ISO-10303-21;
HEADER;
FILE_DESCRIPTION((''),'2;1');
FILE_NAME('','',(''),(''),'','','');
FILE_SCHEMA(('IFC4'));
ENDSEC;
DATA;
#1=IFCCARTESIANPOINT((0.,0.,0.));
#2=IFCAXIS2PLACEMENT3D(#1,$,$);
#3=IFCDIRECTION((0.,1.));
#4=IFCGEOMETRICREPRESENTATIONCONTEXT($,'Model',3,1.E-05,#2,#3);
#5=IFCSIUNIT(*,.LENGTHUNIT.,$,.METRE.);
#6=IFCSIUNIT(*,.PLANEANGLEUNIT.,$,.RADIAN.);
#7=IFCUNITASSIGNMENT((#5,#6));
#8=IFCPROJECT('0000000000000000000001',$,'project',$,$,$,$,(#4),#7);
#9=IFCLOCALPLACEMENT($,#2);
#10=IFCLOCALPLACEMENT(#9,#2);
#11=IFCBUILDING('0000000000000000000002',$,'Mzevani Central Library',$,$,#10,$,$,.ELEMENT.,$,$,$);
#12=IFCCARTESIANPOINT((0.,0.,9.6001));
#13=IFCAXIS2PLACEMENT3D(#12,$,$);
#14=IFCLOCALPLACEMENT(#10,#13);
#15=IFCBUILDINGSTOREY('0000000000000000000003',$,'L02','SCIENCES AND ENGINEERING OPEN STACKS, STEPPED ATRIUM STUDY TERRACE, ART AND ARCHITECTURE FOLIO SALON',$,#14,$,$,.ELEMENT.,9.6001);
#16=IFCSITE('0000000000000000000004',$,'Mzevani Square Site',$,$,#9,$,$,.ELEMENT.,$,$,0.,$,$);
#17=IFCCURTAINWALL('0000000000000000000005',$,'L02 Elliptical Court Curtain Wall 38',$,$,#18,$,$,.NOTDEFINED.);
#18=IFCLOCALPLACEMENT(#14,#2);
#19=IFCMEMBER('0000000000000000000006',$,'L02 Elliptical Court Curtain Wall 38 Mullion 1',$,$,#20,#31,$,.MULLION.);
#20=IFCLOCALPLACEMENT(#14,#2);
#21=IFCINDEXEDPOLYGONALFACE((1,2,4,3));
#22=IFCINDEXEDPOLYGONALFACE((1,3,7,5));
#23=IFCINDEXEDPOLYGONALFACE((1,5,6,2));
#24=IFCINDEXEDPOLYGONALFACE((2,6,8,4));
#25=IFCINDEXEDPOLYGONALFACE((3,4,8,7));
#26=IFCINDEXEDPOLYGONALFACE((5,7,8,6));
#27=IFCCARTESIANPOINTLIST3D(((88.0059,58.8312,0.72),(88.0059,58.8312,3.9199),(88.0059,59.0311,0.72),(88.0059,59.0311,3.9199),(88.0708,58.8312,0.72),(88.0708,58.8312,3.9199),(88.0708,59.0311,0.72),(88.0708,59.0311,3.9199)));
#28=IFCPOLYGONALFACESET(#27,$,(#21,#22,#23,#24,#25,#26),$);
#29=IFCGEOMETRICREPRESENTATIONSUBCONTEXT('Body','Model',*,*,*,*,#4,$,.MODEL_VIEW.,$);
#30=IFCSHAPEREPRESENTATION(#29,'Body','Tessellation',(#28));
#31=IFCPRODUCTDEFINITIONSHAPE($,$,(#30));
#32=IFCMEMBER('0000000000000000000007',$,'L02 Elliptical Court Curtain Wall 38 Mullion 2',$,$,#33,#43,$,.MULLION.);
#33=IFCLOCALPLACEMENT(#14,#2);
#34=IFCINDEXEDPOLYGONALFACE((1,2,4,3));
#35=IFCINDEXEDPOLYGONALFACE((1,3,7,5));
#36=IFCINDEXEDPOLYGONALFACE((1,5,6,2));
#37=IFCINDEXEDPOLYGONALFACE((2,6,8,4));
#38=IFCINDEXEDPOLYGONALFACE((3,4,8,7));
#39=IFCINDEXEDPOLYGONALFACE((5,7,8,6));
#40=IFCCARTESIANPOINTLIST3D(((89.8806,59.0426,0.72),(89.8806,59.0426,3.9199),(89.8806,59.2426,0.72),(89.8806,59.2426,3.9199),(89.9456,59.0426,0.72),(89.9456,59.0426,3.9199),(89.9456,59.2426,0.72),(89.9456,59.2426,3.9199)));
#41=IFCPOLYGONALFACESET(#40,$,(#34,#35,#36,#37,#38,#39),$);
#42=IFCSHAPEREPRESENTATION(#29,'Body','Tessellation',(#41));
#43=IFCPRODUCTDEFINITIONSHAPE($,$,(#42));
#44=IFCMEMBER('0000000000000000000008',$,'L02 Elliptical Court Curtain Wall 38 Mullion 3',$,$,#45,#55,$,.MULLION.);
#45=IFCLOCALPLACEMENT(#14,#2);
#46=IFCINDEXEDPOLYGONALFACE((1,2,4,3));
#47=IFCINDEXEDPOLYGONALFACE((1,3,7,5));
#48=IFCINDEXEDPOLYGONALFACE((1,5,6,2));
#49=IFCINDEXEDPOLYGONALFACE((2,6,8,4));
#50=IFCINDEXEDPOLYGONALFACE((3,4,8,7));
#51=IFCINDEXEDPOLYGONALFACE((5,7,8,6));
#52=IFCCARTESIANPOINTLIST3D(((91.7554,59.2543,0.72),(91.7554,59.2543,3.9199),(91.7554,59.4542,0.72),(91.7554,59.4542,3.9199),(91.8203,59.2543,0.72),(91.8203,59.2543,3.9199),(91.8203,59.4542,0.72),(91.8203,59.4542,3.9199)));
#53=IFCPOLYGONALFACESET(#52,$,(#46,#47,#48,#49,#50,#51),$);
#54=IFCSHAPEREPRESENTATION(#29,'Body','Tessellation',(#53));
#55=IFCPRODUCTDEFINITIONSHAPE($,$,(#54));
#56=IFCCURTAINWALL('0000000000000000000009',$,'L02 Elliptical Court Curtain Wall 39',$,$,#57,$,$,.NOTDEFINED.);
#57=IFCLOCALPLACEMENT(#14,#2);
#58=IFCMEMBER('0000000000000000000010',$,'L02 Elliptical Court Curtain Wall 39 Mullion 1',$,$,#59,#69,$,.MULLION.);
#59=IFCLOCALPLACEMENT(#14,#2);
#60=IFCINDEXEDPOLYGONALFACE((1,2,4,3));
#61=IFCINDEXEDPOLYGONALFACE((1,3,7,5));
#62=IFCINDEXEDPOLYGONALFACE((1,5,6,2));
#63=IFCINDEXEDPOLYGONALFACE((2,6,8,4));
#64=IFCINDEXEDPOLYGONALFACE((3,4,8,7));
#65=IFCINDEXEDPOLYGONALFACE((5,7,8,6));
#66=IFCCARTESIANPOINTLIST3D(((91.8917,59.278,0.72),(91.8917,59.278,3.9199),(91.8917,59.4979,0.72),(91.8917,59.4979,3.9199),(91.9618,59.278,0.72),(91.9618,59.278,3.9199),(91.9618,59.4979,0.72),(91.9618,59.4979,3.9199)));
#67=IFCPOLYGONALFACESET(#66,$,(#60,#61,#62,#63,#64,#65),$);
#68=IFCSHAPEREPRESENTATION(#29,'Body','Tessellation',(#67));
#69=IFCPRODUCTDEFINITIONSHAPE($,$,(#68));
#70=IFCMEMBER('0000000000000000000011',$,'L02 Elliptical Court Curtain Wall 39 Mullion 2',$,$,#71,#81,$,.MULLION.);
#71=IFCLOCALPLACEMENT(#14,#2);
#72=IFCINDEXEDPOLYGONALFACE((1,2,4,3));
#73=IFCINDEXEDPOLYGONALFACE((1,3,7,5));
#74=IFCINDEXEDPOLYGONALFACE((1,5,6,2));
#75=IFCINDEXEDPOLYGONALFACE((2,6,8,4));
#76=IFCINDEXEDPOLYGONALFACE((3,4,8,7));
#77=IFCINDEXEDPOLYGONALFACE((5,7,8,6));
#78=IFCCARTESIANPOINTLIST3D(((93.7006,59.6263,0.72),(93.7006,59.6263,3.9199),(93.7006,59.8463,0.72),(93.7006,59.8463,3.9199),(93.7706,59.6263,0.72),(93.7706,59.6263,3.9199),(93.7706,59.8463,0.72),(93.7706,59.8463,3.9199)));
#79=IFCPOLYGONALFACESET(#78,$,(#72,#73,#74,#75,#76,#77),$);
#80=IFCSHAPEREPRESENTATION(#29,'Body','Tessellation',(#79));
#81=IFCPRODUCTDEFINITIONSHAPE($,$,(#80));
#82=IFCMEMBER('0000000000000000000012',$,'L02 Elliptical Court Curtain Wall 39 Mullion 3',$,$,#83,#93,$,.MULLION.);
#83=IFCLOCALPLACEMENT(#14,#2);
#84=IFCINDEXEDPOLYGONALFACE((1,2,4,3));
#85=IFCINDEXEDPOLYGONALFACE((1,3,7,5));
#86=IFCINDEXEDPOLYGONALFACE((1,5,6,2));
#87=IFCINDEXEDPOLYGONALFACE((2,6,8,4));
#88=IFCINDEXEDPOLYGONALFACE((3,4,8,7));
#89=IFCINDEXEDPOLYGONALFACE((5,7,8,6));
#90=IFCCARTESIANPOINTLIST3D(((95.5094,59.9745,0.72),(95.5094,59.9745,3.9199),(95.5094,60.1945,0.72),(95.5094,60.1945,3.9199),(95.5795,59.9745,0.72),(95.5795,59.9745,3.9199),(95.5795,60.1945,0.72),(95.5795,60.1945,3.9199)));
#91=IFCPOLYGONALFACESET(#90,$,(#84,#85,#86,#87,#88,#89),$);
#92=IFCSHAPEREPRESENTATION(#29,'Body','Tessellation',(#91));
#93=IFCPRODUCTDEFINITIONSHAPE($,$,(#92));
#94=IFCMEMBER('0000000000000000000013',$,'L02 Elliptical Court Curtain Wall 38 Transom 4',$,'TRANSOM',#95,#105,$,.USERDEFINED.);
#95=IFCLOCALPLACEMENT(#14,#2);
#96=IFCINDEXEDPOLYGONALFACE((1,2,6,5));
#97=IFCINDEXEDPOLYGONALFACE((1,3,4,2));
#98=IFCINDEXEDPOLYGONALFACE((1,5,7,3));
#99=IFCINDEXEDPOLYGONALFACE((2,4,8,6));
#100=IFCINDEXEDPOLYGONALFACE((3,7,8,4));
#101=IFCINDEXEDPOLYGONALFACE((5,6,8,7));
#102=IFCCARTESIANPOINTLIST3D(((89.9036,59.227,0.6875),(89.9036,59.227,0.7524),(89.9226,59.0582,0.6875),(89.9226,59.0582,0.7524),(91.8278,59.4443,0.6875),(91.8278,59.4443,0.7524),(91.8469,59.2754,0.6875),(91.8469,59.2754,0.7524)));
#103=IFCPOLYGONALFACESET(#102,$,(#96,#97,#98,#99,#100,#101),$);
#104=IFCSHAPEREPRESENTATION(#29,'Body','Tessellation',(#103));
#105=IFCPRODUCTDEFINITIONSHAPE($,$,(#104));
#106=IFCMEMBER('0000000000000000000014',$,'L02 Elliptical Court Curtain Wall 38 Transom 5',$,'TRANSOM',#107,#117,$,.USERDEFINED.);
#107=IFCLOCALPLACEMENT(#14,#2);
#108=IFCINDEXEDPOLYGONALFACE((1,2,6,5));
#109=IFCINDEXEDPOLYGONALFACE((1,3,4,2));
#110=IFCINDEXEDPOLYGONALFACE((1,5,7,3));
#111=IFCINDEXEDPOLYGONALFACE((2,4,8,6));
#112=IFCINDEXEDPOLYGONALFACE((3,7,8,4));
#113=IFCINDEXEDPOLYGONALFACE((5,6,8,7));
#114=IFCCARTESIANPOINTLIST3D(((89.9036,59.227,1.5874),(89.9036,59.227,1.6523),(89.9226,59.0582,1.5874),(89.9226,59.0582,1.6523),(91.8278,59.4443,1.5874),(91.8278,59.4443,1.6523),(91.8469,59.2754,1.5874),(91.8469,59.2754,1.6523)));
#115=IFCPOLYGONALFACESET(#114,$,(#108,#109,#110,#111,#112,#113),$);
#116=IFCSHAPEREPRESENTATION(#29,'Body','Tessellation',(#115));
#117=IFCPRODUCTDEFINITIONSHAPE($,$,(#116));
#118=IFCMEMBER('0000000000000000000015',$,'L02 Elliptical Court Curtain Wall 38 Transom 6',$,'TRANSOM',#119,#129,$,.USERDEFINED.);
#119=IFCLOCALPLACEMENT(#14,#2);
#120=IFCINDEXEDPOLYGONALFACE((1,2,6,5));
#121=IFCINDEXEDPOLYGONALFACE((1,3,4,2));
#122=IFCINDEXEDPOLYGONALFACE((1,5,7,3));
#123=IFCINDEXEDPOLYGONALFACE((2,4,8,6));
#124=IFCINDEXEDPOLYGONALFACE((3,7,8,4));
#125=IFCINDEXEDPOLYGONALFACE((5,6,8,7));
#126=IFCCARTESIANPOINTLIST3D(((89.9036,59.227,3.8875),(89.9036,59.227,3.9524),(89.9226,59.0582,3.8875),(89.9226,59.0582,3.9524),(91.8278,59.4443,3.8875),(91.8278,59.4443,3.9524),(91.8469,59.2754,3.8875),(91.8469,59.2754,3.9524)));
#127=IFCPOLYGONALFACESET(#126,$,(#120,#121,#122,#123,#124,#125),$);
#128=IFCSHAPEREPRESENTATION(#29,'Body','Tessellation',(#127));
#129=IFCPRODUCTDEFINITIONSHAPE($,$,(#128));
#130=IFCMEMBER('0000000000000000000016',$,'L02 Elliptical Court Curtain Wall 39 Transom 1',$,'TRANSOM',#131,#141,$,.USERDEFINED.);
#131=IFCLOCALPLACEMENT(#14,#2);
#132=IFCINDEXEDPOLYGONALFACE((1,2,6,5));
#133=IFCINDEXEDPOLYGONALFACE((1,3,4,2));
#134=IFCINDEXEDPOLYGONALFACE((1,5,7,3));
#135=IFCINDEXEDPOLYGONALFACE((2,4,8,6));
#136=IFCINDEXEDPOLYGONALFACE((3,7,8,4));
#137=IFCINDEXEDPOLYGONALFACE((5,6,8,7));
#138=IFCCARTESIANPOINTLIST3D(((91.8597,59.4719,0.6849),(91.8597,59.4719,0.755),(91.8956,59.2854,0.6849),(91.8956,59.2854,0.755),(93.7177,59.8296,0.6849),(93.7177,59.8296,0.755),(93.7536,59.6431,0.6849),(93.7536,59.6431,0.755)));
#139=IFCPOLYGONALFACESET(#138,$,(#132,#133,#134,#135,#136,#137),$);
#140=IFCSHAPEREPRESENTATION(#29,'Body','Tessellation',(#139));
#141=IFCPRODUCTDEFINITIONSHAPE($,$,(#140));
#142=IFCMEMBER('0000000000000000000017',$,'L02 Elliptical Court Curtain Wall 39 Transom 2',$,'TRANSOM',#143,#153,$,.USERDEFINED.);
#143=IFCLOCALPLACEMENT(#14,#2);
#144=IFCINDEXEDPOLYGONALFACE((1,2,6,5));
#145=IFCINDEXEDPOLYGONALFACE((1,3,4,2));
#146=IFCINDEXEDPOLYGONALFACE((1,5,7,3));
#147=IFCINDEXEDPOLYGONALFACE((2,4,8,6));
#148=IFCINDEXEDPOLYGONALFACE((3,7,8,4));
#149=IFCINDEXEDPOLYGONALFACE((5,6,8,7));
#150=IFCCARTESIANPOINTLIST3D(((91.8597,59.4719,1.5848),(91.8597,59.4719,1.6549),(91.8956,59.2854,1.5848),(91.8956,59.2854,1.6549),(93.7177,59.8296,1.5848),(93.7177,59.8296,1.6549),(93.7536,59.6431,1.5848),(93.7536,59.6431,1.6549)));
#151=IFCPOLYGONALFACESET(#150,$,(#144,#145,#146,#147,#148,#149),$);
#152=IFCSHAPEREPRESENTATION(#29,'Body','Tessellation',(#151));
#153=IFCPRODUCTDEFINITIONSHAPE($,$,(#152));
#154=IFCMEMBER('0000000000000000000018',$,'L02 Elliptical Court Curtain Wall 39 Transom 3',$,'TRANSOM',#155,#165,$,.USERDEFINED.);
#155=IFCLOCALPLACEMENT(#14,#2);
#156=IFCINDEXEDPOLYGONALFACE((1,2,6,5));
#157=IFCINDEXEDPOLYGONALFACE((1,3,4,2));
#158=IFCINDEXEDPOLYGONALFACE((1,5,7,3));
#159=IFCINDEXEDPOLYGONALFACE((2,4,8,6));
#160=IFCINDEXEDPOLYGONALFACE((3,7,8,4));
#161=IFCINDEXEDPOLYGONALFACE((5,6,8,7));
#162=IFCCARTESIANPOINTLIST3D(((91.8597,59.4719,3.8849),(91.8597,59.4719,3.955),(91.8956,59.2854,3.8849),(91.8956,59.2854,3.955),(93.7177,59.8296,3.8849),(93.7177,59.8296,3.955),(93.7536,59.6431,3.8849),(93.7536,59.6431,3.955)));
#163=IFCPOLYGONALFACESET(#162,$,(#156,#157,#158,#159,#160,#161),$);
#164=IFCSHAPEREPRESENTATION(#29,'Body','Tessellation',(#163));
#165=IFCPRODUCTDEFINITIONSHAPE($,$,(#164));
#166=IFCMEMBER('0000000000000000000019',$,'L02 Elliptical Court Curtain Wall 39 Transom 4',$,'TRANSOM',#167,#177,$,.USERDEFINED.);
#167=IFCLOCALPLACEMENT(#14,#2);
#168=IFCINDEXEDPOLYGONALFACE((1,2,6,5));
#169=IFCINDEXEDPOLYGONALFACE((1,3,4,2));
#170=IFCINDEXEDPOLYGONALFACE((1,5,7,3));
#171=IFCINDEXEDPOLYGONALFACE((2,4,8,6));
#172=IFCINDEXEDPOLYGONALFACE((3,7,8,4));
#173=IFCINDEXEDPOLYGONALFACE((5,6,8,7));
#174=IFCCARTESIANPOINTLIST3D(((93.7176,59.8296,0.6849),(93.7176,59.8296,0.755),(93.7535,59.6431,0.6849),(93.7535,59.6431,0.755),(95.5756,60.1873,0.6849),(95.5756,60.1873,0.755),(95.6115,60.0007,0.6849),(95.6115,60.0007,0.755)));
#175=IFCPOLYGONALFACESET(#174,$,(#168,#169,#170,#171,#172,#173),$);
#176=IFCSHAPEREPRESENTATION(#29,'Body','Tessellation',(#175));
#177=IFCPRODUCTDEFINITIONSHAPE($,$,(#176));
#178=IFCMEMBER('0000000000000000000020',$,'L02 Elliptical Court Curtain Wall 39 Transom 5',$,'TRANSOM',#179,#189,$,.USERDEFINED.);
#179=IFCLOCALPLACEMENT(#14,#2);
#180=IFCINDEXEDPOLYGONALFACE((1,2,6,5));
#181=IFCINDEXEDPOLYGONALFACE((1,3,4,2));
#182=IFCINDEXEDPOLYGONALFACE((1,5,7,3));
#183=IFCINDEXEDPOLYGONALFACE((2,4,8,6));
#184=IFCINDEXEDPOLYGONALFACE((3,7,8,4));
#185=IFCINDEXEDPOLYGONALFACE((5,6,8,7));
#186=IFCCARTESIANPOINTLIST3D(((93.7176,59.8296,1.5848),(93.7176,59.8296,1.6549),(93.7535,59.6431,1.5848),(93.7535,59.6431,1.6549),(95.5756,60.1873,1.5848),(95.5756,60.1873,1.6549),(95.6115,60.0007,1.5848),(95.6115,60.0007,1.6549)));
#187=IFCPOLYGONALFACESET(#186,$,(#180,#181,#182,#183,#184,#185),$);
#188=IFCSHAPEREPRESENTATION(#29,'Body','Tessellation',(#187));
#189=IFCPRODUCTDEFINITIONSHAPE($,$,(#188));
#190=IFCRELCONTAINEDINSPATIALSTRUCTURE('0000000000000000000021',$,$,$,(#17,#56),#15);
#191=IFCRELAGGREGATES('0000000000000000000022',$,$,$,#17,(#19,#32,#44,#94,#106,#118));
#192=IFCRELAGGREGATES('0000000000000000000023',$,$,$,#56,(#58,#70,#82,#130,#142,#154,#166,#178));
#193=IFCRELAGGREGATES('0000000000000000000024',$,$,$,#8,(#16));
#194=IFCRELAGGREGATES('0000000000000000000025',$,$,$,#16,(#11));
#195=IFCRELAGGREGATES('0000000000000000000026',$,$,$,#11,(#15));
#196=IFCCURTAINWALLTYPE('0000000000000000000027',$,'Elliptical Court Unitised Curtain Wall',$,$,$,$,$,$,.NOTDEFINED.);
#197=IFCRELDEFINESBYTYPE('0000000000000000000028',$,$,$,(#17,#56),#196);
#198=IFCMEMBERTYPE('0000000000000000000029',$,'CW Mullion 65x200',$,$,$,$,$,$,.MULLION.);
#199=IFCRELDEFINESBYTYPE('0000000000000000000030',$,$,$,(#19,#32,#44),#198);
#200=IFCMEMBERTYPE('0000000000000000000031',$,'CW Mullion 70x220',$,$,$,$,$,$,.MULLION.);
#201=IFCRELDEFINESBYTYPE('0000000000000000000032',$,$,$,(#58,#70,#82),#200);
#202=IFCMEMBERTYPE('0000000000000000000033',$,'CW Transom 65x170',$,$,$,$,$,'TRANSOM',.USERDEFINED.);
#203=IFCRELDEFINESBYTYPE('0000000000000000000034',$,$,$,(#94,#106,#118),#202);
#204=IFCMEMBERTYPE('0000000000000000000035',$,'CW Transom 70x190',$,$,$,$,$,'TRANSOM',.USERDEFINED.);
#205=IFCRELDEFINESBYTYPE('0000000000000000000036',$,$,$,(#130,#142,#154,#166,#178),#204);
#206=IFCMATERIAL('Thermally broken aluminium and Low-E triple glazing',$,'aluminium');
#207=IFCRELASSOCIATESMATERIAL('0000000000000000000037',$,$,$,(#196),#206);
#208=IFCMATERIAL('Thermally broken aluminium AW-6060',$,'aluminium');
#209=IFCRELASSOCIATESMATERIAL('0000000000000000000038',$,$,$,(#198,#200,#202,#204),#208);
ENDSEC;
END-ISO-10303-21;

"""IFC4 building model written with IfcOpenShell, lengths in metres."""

from ifc_helpers import new_model, si_unit, direction, frame, origin, origin_2d, place, context, subcontext, project, spatial, rectangle, extrude, material, material_profile, profile_set, type_object, element, aggregate, save


model = new_model("IFC4")

# Units and contexts
model_context = context("Model", 3, precision=1e-05, world=origin(), true_north=direction((0.0, 1.0)))
body_context = subcontext(model_context, "Body", "Model", "MODEL_VIEW")
ifc_project = project(units=[si_unit("LENGTHUNIT", "METRE"), si_unit("PLANEANGLEUNIT", "RADIAN")], contexts=[model_context])

# Site, building, storey
site_placement = place(None, origin())
site = spatial("IfcSite", under=ifc_project, at=site_placement, Name="Mzevani Square Site", CompositionType="ELEMENT", RefElevation=0.0)
building_placement = place(site_placement, origin())
building = spatial("IfcBuilding", under=site, at=building_placement, Name="Mzevani Central Library", CompositionType="ELEMENT")
storey_placement = place(building_placement, frame((0.0, 0.0, 9.6001)))
storey = spatial("IfcBuildingStorey", under=building, at=storey_placement, Name="L02", Description="SCIENCES AND ENGINEERING OPEN STACKS, STEPPED ATRIUM STUDY TERRACE, ART AND ARCHITECTURE FOLIO SALON", CompositionType="ELEMENT", Elevation=9.6001)

# Curtain walls, members
ifc_material_1 = material(Name="Thermally broken aluminium and Low-E triple glazing", Category="aluminium")
curtain_wall_type = type_object("IfcCurtainWallType", Name="Elliptical Court Unitised Curtain Wall", PredefinedType="NOTDEFINED", material=ifc_material_1)
curtain_wall_1_placement = place(storey_placement, origin())
curtain_wall_1 = element("IfcCurtainWall", 1, at=curtain_wall_1_placement, inside=storey, type_object=curtain_wall_type, Name="L02 Elliptical Court Curtain Wall 38", PredefinedType="NOTDEFINED")
ifc_material_2 = material(Name="Thermally broken aluminium AW-6060", Category="aluminium")
ifc_material_profile_1 = material_profile(ifc_material_2, rectangle(XDim=0.0649, YDim=0.2, at=origin_2d()), Name="ALU M65x200")
ifc_profile_set_1 = profile_set([ifc_material_profile_1], Name="Thermally broken aluminium AW-6060")
member_type_1 = type_object("IfcMemberType", Name="CW Mullion 65x200", PredefinedType="MULLION", material=ifc_profile_set_1)
member_1_placement = place(storey_placement, frame((88.0383, 58.9312, 0.72), z_axis=(0.0, 0.0, 1.0), x_axis=(1.0, 0.0, 0.0)))
member_1 = element("IfcMember", 2, at=member_1_placement, type_object=member_type_1, Name="L02 Elliptical Court Curtain Wall 38 Mullion 1", PredefinedType="MULLION", context=body_context, shape_type="SweptSolid", body=[
    extrude(rectangle(XDim=0.0649, YDim=0.2, at=origin_2d()), origin(), (0.0, 0.0, 1.0), 3.2),
])
member_2_placement = place(storey_placement, frame((89.9131, 59.1426, 0.72), z_axis=(0.0, 0.0, 1.0), x_axis=(1.0, 0.0, 0.0)))
member_2 = element("IfcMember", 3, at=member_2_placement, type_object=member_type_1, Name="L02 Elliptical Court Curtain Wall 38 Mullion 2", PredefinedType="MULLION", context=body_context, shape_type="SweptSolid", body=[
    extrude(rectangle(XDim=0.0649, YDim=0.2, at=origin_2d()), origin(), (0.0, 0.0, 1.0), 3.2),
])
member_3_placement = place(storey_placement, frame((91.7878, 59.3542, 0.72), z_axis=(0.0, 0.0, 1.0), x_axis=(1.0, 0.0, 0.0)))
member_3 = element("IfcMember", 4, at=member_3_placement, type_object=member_type_1, Name="L02 Elliptical Court Curtain Wall 38 Mullion 3", PredefinedType="MULLION", context=body_context, shape_type="SweptSolid", body=[
    extrude(rectangle(XDim=0.0649, YDim=0.2, at=origin_2d()), origin(), (0.0, 0.0, 1.0), 3.2),
])
curtain_wall_2_placement = place(storey_placement, origin())
curtain_wall_2 = element("IfcCurtainWall", 5, at=curtain_wall_2_placement, inside=storey, type_object=curtain_wall_type, Name="L02 Elliptical Court Curtain Wall 39", PredefinedType="NOTDEFINED")
ifc_material_profile_2 = material_profile(ifc_material_2, rectangle(XDim=0.0701, YDim=0.22, at=origin_2d()), Name="ALU M70x220")
ifc_profile_set_2 = profile_set([ifc_material_profile_2], Name="Thermally broken aluminium AW-6060")
member_type_2 = type_object("IfcMemberType", Name="CW Mullion 70x220", PredefinedType="MULLION", material=ifc_profile_set_2)
member_4_placement = place(storey_placement, frame((91.9268, 59.3879, 0.72), z_axis=(0.0, 0.0, 1.0), x_axis=(1.0, 0.0, 0.0)))
member_4 = element("IfcMember", 6, at=member_4_placement, type_object=member_type_2, Name="L02 Elliptical Court Curtain Wall 39 Mullion 1", PredefinedType="MULLION", context=body_context, shape_type="SweptSolid", body=[
    extrude(rectangle(XDim=0.0701, YDim=0.22, at=origin_2d()), origin(), (0.0, 0.0, 1.0), 3.2),
])
member_5_placement = place(storey_placement, frame((93.7356, 59.7363, 0.72), z_axis=(0.0, 0.0, 1.0), x_axis=(1.0, 0.0, 0.0)))
member_5 = element("IfcMember", 7, at=member_5_placement, type_object=member_type_2, Name="L02 Elliptical Court Curtain Wall 39 Mullion 2", PredefinedType="MULLION", context=body_context, shape_type="SweptSolid", body=[
    extrude(rectangle(XDim=0.0701, YDim=0.22, at=origin_2d()), origin(), (0.0, 0.0, 1.0), 3.2),
])
member_6_placement = place(storey_placement, frame((95.5444, 60.0845, 0.72), z_axis=(0.0, 0.0, 1.0), x_axis=(1.0, 0.0, 0.0)))
member_6 = element("IfcMember", 8, at=member_6_placement, type_object=member_type_2, Name="L02 Elliptical Court Curtain Wall 39 Mullion 3", PredefinedType="MULLION", context=body_context, shape_type="SweptSolid", body=[
    extrude(rectangle(XDim=0.0701, YDim=0.22, at=origin_2d()), origin(), (0.0, 0.0, 1.0), 3.2),
])

# Members
ifc_material_profile_3 = material_profile(ifc_material_2, rectangle(XDim=0.1699, YDim=0.0649, at=origin_2d()), Name="ALU T65x170")
ifc_profile_set_3 = profile_set([ifc_material_profile_3], Name="Thermally broken aluminium AW-6060")
member_type_3 = type_object("IfcMemberType", Name="CW Transom 65x170", ElementType="TRANSOM", PredefinedType="USERDEFINED", material=ifc_profile_set_3)
member_7_placement = place(storey_placement, frame((89.9131, 59.1426, 0.72), z_axis=(0.993685, 0.112202, 0.0), x_axis=(-0.112202, 0.993685, 0.0)))
member_7 = element("IfcMember", 9, at=member_7_placement, type_object=member_type_3, Name="L02 Elliptical Court Curtain Wall 38 Transom 4", ObjectType="TRANSOM", PredefinedType="USERDEFINED", context=body_context, shape_type="SweptSolid", body=[
    extrude(rectangle(XDim=0.1699, YDim=0.0649, at=origin_2d()), origin(), (0.0, 0.0, 1.0), 1.9365),
])
member_8_placement = place(storey_placement, frame((89.9131, 59.1426, 1.6199), z_axis=(0.993685, 0.112202, 0.0), x_axis=(-0.112202, 0.993685, 0.0)))
member_8 = element("IfcMember", 10, at=member_8_placement, type_object=member_type_3, Name="L02 Elliptical Court Curtain Wall 38 Transom 5", ObjectType="TRANSOM", PredefinedType="USERDEFINED", context=body_context, shape_type="SweptSolid", body=[
    extrude(rectangle(XDim=0.1699, YDim=0.0649, at=origin_2d()), origin(), (0.0, 0.0, 1.0), 1.9365),
])
member_9_placement = place(storey_placement, frame((89.9131, 59.1426, 3.9199), z_axis=(0.993685, 0.112202, 0.0), x_axis=(-0.112202, 0.993685, 0.0)))
member_9 = element("IfcMember", 11, at=member_9_placement, type_object=member_type_3, Name="L02 Elliptical Court Curtain Wall 38 Transom 6", ObjectType="TRANSOM", PredefinedType="USERDEFINED", context=body_context, shape_type="SweptSolid", body=[
    extrude(rectangle(XDim=0.1699, YDim=0.0649, at=origin_2d()), origin(), (0.0, 0.0, 1.0), 1.9365),
])
ifc_material_profile_4 = material_profile(ifc_material_2, rectangle(XDim=0.1899, YDim=0.0701, at=origin_2d()), Name="ALU T70x190")
ifc_profile_set_4 = profile_set([ifc_material_profile_4], Name="Thermally broken aluminium AW-6060")
member_type_4 = type_object("IfcMemberType", Name="CW Transom 70x190", ElementType="TRANSOM", PredefinedType="USERDEFINED", material=ifc_profile_set_4)
member_10_placement = place(storey_placement, frame((91.8777, 59.3787, 0.72), z_axis=(0.98197, 0.189039, 0.0), x_axis=(-0.189039, 0.98197, 0.0)))
member_10 = element("IfcMember", 12, at=member_10_placement, type_object=member_type_4, Name="L02 Elliptical Court Curtain Wall 39 Transom 1", ObjectType="TRANSOM", PredefinedType="USERDEFINED", context=body_context, shape_type="SweptSolid", body=[
    extrude(rectangle(XDim=0.1899, YDim=0.0701, at=origin_2d()), origin(), (0.0, 0.0, 1.0), 1.8921),
])
member_11_placement = place(storey_placement, frame((91.8777, 59.3787, 1.6199), z_axis=(0.98197, 0.189039, 0.0), x_axis=(-0.189039, 0.98197, 0.0)))
member_11 = element("IfcMember", 13, at=member_11_placement, type_object=member_type_4, Name="L02 Elliptical Court Curtain Wall 39 Transom 2", ObjectType="TRANSOM", PredefinedType="USERDEFINED", context=body_context, shape_type="SweptSolid", body=[
    extrude(rectangle(XDim=0.1899, YDim=0.0701, at=origin_2d()), origin(), (0.0, 0.0, 1.0), 1.8921),
])
member_12_placement = place(storey_placement, frame((91.8777, 59.3787, 3.9199), z_axis=(0.98197, 0.189039, 0.0), x_axis=(-0.189039, 0.98197, 0.0)))
member_12 = element("IfcMember", 14, at=member_12_placement, type_object=member_type_4, Name="L02 Elliptical Court Curtain Wall 39 Transom 3", ObjectType="TRANSOM", PredefinedType="USERDEFINED", context=body_context, shape_type="SweptSolid", body=[
    extrude(rectangle(XDim=0.1899, YDim=0.0701, at=origin_2d()), origin(), (0.0, 0.0, 1.0), 1.8921),
])
member_13_placement = place(storey_placement, frame((93.7356, 59.7363, 0.72), z_axis=(0.98197, 0.189039, 0.0), x_axis=(-0.189039, 0.98197, 0.0)))
member_13 = element("IfcMember", 15, at=member_13_placement, type_object=member_type_4, Name="L02 Elliptical Court Curtain Wall 39 Transom 4", ObjectType="TRANSOM", PredefinedType="USERDEFINED", context=body_context, shape_type="SweptSolid", body=[
    extrude(rectangle(XDim=0.1899, YDim=0.0701, at=origin_2d()), origin(), (0.0, 0.0, 1.0), 1.8921),
])
member_14_placement = place(storey_placement, frame((93.7356, 59.7363, 1.6199), z_axis=(0.98197, 0.189039, 0.0), x_axis=(-0.189039, 0.98197, 0.0)))
member_14 = element("IfcMember", 16, at=member_14_placement, type_object=member_type_4, Name="L02 Elliptical Court Curtain Wall 39 Transom 5", ObjectType="TRANSOM", PredefinedType="USERDEFINED", context=body_context, shape_type="SweptSolid", body=[
    extrude(rectangle(XDim=0.1899, YDim=0.0701, at=origin_2d()), origin(), (0.0, 0.0, 1.0), 1.8921),
])

aggregate(curtain_wall_1, [member_1, member_2, member_3, member_7, member_8, member_9])
aggregate(curtain_wall_2, [member_4, member_5, member_6, member_10, member_11, member_12, member_13, member_14])

save(model, "model.ifc")
